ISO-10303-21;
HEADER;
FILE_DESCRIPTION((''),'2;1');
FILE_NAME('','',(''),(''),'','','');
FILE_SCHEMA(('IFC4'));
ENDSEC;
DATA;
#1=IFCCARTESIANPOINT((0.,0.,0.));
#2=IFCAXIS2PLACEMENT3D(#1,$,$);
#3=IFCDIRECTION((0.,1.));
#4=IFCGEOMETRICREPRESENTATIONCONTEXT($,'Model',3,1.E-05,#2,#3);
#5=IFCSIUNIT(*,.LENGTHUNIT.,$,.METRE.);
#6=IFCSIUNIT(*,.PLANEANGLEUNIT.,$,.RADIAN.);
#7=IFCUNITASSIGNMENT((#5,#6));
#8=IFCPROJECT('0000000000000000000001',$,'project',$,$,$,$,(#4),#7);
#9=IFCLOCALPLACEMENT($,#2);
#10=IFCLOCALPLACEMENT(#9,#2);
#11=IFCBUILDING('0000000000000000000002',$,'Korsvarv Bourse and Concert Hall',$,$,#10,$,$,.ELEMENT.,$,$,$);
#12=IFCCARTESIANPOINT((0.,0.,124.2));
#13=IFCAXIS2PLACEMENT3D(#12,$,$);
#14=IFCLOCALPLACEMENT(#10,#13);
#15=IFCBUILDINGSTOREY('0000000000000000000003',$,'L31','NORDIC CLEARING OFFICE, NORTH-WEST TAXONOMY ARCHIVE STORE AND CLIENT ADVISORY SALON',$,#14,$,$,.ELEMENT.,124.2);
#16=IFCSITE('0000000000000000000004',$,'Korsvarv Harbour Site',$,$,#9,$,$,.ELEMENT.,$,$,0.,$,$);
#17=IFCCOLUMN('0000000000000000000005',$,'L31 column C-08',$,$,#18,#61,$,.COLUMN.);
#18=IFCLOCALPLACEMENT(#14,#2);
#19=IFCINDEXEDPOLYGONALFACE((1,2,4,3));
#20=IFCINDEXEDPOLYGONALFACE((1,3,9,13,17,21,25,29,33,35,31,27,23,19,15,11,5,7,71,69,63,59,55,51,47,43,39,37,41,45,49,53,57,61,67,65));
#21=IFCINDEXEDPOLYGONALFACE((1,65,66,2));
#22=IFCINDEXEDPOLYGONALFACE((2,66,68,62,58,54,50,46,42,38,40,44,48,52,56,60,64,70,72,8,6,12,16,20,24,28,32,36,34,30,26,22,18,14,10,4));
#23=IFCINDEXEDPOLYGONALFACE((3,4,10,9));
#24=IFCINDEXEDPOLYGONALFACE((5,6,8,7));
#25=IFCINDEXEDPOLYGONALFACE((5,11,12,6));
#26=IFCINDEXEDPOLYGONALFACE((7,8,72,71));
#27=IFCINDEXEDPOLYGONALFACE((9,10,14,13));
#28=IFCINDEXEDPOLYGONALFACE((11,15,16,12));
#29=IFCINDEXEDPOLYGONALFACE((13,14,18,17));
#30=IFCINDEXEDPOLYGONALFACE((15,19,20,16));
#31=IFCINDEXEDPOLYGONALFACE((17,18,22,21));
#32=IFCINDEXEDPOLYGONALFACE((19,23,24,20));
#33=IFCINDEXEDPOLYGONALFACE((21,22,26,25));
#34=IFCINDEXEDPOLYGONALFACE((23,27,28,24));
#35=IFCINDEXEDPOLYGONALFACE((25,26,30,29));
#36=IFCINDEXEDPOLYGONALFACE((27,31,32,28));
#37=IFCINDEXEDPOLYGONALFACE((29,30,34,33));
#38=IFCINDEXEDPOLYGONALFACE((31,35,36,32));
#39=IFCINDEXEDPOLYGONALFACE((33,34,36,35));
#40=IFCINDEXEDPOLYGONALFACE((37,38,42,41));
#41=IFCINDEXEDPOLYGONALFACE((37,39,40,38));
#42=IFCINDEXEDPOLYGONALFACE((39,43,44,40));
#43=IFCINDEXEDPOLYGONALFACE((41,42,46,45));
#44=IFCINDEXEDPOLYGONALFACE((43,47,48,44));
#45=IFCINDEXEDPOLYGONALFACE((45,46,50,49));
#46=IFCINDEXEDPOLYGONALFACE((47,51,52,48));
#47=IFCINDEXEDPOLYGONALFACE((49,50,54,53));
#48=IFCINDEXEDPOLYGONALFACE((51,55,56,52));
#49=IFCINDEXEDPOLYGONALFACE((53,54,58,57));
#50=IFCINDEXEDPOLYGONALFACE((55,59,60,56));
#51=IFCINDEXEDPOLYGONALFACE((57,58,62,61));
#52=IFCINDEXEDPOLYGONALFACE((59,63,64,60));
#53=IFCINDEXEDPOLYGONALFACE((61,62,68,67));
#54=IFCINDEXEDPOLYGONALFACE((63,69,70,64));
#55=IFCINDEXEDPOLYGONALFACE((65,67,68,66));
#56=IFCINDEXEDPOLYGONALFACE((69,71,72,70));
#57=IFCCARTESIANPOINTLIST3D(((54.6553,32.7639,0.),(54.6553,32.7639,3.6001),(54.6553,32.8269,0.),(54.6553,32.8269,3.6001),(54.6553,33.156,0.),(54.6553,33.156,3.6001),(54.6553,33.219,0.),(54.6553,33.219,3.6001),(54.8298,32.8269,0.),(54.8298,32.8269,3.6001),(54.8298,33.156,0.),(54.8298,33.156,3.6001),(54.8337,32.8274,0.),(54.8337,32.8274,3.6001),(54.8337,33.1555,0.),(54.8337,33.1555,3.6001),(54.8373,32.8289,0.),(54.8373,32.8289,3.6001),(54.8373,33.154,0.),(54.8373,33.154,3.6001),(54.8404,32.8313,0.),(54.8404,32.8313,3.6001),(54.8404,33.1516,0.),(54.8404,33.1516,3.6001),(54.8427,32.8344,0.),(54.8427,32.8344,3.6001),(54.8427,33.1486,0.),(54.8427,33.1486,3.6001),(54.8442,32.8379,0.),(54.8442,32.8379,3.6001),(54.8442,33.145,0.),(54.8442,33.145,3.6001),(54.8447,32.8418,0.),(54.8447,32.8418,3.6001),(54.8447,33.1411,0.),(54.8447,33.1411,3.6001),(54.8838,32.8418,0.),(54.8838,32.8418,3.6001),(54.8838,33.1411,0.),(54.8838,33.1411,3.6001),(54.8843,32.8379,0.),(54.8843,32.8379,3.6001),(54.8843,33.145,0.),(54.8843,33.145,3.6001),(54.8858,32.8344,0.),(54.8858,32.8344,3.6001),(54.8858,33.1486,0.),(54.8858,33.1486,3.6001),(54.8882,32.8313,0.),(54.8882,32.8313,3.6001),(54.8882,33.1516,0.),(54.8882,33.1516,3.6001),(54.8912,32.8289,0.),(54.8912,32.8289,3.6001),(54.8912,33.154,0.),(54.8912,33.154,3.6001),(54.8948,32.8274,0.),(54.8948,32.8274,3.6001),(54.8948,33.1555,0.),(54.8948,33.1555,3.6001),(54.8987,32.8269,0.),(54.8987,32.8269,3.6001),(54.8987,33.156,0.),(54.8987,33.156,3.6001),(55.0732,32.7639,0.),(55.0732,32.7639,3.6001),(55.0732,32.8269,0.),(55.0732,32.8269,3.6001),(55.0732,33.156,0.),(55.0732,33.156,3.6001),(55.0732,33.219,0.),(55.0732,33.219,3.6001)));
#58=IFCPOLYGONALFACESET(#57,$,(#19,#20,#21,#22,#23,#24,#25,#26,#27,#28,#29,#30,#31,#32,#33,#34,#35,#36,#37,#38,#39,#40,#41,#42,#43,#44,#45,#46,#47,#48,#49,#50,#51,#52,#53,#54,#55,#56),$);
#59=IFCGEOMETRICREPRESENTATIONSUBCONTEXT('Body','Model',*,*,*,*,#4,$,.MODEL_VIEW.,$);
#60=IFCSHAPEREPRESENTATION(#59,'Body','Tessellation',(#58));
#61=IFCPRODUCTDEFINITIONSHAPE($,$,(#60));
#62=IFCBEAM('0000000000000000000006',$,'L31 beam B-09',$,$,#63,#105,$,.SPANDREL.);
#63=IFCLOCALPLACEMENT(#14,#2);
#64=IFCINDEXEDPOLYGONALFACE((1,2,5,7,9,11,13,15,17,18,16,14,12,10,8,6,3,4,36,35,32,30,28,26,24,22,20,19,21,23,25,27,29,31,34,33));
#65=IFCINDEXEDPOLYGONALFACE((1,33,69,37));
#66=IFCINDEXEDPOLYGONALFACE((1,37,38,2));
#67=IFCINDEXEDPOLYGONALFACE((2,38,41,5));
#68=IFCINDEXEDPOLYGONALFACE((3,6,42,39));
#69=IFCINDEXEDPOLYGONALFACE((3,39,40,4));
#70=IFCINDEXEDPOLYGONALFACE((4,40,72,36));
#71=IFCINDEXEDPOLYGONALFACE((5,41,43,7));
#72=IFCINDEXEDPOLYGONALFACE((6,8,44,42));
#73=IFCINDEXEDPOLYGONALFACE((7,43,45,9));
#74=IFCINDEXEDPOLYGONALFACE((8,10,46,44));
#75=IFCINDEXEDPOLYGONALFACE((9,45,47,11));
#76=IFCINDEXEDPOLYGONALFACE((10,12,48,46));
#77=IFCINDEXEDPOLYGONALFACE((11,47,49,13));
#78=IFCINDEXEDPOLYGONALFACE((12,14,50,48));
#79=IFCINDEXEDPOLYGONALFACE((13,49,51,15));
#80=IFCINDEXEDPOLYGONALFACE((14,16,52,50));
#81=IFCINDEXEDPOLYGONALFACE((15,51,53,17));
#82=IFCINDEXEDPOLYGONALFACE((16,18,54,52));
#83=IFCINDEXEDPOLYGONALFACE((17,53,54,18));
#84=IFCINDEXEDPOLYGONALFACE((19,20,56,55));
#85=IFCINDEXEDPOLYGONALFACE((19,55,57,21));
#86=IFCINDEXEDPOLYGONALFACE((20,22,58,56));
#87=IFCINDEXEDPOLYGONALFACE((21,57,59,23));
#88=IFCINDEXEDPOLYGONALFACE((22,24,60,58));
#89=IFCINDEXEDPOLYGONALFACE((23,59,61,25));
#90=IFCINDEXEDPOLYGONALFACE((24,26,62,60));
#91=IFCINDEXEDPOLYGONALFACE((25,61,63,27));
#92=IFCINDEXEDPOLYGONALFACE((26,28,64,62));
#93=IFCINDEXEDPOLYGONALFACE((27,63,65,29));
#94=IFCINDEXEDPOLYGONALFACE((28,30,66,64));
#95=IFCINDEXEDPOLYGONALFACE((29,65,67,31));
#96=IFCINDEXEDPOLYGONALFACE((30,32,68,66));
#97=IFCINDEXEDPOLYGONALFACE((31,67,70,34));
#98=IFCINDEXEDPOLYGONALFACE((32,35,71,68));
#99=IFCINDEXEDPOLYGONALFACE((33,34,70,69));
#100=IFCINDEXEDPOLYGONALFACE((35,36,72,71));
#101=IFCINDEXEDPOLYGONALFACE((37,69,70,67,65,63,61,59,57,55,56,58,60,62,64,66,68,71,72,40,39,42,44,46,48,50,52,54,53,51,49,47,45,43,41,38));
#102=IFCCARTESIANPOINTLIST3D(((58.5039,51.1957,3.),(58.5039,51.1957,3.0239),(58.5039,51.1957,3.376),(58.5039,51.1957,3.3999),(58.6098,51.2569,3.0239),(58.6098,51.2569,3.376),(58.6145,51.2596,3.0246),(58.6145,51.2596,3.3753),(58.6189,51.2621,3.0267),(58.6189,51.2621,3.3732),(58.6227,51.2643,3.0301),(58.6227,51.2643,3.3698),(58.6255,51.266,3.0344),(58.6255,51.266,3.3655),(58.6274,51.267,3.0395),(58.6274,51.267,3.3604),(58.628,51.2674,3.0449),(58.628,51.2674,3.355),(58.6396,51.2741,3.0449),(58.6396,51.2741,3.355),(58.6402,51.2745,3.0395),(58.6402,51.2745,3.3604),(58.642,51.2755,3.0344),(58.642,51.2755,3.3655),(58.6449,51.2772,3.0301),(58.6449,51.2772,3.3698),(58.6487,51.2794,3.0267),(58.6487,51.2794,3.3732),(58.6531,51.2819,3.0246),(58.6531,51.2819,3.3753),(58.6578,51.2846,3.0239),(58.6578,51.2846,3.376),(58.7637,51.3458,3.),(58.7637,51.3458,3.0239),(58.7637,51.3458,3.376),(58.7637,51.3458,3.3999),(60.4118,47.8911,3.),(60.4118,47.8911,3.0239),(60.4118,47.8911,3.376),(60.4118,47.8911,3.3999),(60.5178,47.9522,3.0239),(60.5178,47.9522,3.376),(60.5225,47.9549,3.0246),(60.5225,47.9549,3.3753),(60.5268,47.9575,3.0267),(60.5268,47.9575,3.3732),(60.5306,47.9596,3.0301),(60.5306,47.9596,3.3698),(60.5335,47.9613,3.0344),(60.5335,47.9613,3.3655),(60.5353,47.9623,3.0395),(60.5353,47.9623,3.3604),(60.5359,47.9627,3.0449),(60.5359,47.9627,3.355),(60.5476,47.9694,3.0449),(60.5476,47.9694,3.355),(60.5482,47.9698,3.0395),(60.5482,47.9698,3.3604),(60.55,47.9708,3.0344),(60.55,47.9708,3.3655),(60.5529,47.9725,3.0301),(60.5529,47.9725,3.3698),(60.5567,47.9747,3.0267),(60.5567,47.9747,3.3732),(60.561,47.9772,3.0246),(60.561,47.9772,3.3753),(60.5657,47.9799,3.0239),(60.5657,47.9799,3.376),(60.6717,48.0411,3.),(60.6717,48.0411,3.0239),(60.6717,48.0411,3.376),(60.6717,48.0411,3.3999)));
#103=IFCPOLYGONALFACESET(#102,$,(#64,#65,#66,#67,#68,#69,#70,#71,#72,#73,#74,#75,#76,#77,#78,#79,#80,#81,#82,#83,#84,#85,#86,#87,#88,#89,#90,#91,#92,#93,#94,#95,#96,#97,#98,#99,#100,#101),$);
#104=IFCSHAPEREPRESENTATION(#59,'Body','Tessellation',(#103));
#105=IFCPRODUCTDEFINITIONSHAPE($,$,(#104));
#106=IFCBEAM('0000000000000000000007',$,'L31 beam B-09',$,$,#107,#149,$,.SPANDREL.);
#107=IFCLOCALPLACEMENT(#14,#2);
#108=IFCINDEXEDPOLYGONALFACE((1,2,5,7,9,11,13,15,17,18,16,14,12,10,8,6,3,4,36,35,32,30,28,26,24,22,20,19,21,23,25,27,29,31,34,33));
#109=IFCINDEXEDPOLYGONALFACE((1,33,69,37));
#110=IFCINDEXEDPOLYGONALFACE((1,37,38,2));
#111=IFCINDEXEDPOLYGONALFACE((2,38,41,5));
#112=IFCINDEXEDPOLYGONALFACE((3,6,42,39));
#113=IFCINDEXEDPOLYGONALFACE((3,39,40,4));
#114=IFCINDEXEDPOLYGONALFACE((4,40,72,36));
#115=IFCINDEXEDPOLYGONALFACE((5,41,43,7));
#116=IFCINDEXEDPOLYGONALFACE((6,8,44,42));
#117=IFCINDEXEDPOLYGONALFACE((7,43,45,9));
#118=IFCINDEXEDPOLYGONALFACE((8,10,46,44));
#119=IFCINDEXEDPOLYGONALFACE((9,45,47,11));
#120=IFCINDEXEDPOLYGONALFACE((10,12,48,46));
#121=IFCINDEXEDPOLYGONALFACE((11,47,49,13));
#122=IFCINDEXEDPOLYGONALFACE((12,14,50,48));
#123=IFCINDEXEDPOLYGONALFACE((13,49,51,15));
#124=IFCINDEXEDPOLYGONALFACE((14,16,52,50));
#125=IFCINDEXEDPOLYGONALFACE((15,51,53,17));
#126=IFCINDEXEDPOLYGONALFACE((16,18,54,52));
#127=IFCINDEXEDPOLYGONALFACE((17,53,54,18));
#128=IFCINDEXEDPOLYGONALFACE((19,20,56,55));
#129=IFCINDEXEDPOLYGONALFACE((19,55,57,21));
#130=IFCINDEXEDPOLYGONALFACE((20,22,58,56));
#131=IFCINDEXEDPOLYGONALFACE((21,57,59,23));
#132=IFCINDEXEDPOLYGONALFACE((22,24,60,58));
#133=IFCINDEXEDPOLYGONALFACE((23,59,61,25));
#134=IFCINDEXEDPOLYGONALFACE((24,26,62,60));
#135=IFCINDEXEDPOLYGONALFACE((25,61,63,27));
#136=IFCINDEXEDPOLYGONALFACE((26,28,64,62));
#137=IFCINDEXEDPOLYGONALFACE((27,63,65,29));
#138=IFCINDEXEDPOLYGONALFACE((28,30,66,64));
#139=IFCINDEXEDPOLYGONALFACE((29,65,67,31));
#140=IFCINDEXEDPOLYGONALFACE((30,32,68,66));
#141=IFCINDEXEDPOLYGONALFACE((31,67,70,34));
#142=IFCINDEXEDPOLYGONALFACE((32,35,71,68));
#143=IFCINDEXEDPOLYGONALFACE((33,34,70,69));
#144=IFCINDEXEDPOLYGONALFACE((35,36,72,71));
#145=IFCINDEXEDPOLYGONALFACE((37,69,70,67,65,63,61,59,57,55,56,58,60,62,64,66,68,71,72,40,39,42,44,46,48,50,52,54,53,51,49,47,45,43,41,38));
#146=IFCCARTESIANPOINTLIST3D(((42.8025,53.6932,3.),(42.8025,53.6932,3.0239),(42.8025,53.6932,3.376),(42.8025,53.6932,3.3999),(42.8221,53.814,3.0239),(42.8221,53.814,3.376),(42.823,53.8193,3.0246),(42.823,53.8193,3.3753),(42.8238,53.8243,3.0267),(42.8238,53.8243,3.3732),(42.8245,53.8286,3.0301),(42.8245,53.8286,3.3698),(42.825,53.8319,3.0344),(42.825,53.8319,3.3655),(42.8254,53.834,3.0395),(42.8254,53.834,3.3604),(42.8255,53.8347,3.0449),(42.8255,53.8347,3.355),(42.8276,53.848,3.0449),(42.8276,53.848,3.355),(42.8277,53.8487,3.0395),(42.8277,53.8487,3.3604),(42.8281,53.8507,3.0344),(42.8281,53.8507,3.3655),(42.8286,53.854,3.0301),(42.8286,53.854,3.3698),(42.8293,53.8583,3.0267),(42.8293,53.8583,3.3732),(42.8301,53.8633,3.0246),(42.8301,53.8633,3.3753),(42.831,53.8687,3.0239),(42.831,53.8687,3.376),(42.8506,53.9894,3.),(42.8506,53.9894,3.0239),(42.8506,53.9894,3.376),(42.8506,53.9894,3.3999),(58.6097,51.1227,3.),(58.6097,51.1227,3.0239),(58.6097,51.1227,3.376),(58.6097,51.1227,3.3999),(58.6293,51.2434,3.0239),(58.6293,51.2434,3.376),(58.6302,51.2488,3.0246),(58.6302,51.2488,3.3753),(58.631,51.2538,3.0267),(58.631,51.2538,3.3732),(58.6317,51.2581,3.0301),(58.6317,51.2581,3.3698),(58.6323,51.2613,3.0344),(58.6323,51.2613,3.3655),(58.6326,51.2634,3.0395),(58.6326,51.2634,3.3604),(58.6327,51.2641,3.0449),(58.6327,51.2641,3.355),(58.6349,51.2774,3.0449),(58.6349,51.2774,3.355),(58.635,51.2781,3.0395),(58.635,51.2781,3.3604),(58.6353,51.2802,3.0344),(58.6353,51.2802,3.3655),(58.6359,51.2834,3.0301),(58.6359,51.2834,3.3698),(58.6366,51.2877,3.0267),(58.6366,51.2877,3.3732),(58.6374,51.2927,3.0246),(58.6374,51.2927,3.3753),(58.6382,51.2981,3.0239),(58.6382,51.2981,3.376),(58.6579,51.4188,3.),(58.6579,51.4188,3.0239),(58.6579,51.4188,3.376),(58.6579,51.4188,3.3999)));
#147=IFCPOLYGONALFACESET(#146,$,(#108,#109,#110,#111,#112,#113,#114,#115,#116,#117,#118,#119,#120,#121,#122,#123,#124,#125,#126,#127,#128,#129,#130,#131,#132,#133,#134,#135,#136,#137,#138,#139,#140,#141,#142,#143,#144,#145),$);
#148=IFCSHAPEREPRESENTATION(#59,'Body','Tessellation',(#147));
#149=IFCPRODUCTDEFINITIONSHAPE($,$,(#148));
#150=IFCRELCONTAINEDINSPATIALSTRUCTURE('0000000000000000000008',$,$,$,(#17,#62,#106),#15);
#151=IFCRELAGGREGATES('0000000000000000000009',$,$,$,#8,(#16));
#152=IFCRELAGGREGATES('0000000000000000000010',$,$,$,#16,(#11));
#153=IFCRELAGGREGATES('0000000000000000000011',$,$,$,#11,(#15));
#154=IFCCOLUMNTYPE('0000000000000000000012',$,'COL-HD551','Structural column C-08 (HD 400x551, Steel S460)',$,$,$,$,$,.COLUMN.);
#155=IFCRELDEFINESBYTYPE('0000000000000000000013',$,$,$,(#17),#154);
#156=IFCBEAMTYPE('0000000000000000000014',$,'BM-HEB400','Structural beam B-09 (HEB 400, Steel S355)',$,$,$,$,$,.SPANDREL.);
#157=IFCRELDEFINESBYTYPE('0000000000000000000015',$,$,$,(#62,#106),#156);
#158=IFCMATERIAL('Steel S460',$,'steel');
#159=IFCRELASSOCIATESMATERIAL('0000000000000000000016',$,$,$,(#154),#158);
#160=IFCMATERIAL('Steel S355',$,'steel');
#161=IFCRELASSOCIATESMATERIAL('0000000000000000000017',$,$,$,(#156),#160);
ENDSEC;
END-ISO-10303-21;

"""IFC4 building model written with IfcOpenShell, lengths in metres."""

from ifc_helpers import new_model, si_unit, direction, frame, origin, origin_2d, place, context, subcontext, project, spatial, i_section, extrude, source, transform, mapped, material, material_profile, profile_set, type_object, element, save


model = new_model("IFC4")

# Units and contexts
model_context = context("Model", 3, precision=1e-05, world=origin(), true_north=direction((0.0, 1.0)))
body_context = subcontext(model_context, "Body", "Model", "MODEL_VIEW")
ifc_project = project(units=[si_unit("LENGTHUNIT", "METRE"), si_unit("PLANEANGLEUNIT", "RADIAN")], contexts=[model_context])

# Site, building, storey
site_placement = place(None, origin())
site = spatial("IfcSite", under=ifc_project, at=site_placement, Name="Korsvarv Harbour Site", CompositionType="ELEMENT", RefElevation=0.0)
building_placement = place(site_placement, origin())
building = spatial("IfcBuilding", under=site, at=building_placement, Name="Korsvarv Bourse and Concert Hall", CompositionType="ELEMENT")
storey_placement = place(building_placement, frame((0.0, 0.0, 124.2)))
storey = spatial("IfcBuildingStorey", under=building, at=storey_placement, Name="L31", Description="NORDIC CLEARING OFFICE, NORTH-WEST TAXONOMY ARCHIVE STORE AND CLIENT ADVISORY SALON", CompositionType="ELEMENT", Elevation=124.2)

# Column
ifc_material_1 = material(Name="Steel S460", Category="steel")
ifc_material_profile_1 = material_profile(ifc_material_1, i_section(OverallWidth=0.418, OverallDepth=0.4551, WebThickness=0.0391, FlangeThickness=0.063, FilletRadius=0.0149, at=origin_2d()), Name="HD 400x551")
ifc_profile_set_1 = profile_set([ifc_material_profile_1], Name="Steel S460")
column_type_1 = type_object("IfcColumnType", Name="COL-HD551", Description="Structural column C-08 (HD 400x551, Steel S460)", PredefinedType="COLUMN", material=ifc_profile_set_1)
shared_shape_1 = source(origin(), body_context, "Body", "SweptSolid", [
    extrude(i_section(OverallWidth=0.418, OverallDepth=0.4551, WebThickness=0.0391, FlangeThickness=0.063, FilletRadius=0.0149, at=origin_2d()), origin(), (0.0, 0.0, 1.0), 3.6001),
])
for number, where, z_axis, x_axis, name in (
    (1, (54.8643, 32.9915, 0.0), (0.0, 0.0, 1.0), (1.0, 0.0, 0.0), "L31 column C-08"),
):
    element("IfcColumn", number, at=place(storey_placement, frame(where, z_axis=z_axis, x_axis=x_axis)), inside=storey, type_object=column_type_1, Name=name, PredefinedType="COLUMN", context=body_context, shape_type="MappedRepresentation", body=[
        mapped(shared_shape_1, transform((0.0, 0.0, 0.0), scale=1.0)),
    ])

# Beams
ifc_material_2 = material(Name="Steel S355", Category="steel")
ifc_material_profile_2 = material_profile(ifc_material_2, i_section(OverallWidth=0.3, OverallDepth=0.3999, WebThickness=0.0134, FlangeThickness=0.0239, FilletRadius=0.021, at=origin_2d()), Name="HEB 400")
ifc_profile_set_2 = profile_set([ifc_material_profile_2], Name="Steel S355")
beam_type_1 = type_object("IfcBeamType", Name="BM-HEB400", Description="Structural beam B-09 (HEB 400, Steel S355)", PredefinedType="SPANDREL", material=ifc_profile_set_2)
shared_shape_2 = source(origin(), body_context, "Body", "SweptSolid", [
    extrude(i_section(OverallWidth=0.3, OverallDepth=0.3999, WebThickness=0.0134, FlangeThickness=0.0239, FilletRadius=0.021, at=origin_2d()), origin(), (0.0, 0.0, 1.0), 3.8159),
])
beam_1_placement = place(storey_placement, frame((60.5417, 47.9661, 3.2), z_axis=(-0.499999, 0.866026, 0.0), x_axis=(-0.866026, -0.499999, 0.0)))
element("IfcBeam", 2, at=beam_1_placement, inside=storey, type_object=beam_type_1, Name="L31 beam B-09", PredefinedType="SPANDREL", context=body_context, shape_type="MappedRepresentation", body=[
    mapped(shared_shape_2, transform((0.0, 0.0, 0.0), scale=1.0)),
])
shared_shape_3 = source(origin(), body_context, "Body", "SweptSolid", [
    extrude(i_section(OverallWidth=0.3, OverallDepth=0.3999, WebThickness=0.0134, FlangeThickness=0.0239, FilletRadius=0.021, at=origin_2d()), origin(), (0.0, 0.0, 1.0), 16.0149),
])
beam_2_placement = place(storey_placement, frame((58.6338, 51.2708, 3.2), z_axis=(-0.987034, 0.160512, 0.0), x_axis=(-0.160512, -0.987034, 0.0)))
element("IfcBeam", 3, at=beam_2_placement, inside=storey, type_object=beam_type_1, Name="L31 beam B-09", PredefinedType="SPANDREL", context=body_context, shape_type="MappedRepresentation", body=[
    mapped(shared_shape_3, transform((0.0, 0.0, 0.0), scale=1.0)),
])

save(model, "model.ifc")
